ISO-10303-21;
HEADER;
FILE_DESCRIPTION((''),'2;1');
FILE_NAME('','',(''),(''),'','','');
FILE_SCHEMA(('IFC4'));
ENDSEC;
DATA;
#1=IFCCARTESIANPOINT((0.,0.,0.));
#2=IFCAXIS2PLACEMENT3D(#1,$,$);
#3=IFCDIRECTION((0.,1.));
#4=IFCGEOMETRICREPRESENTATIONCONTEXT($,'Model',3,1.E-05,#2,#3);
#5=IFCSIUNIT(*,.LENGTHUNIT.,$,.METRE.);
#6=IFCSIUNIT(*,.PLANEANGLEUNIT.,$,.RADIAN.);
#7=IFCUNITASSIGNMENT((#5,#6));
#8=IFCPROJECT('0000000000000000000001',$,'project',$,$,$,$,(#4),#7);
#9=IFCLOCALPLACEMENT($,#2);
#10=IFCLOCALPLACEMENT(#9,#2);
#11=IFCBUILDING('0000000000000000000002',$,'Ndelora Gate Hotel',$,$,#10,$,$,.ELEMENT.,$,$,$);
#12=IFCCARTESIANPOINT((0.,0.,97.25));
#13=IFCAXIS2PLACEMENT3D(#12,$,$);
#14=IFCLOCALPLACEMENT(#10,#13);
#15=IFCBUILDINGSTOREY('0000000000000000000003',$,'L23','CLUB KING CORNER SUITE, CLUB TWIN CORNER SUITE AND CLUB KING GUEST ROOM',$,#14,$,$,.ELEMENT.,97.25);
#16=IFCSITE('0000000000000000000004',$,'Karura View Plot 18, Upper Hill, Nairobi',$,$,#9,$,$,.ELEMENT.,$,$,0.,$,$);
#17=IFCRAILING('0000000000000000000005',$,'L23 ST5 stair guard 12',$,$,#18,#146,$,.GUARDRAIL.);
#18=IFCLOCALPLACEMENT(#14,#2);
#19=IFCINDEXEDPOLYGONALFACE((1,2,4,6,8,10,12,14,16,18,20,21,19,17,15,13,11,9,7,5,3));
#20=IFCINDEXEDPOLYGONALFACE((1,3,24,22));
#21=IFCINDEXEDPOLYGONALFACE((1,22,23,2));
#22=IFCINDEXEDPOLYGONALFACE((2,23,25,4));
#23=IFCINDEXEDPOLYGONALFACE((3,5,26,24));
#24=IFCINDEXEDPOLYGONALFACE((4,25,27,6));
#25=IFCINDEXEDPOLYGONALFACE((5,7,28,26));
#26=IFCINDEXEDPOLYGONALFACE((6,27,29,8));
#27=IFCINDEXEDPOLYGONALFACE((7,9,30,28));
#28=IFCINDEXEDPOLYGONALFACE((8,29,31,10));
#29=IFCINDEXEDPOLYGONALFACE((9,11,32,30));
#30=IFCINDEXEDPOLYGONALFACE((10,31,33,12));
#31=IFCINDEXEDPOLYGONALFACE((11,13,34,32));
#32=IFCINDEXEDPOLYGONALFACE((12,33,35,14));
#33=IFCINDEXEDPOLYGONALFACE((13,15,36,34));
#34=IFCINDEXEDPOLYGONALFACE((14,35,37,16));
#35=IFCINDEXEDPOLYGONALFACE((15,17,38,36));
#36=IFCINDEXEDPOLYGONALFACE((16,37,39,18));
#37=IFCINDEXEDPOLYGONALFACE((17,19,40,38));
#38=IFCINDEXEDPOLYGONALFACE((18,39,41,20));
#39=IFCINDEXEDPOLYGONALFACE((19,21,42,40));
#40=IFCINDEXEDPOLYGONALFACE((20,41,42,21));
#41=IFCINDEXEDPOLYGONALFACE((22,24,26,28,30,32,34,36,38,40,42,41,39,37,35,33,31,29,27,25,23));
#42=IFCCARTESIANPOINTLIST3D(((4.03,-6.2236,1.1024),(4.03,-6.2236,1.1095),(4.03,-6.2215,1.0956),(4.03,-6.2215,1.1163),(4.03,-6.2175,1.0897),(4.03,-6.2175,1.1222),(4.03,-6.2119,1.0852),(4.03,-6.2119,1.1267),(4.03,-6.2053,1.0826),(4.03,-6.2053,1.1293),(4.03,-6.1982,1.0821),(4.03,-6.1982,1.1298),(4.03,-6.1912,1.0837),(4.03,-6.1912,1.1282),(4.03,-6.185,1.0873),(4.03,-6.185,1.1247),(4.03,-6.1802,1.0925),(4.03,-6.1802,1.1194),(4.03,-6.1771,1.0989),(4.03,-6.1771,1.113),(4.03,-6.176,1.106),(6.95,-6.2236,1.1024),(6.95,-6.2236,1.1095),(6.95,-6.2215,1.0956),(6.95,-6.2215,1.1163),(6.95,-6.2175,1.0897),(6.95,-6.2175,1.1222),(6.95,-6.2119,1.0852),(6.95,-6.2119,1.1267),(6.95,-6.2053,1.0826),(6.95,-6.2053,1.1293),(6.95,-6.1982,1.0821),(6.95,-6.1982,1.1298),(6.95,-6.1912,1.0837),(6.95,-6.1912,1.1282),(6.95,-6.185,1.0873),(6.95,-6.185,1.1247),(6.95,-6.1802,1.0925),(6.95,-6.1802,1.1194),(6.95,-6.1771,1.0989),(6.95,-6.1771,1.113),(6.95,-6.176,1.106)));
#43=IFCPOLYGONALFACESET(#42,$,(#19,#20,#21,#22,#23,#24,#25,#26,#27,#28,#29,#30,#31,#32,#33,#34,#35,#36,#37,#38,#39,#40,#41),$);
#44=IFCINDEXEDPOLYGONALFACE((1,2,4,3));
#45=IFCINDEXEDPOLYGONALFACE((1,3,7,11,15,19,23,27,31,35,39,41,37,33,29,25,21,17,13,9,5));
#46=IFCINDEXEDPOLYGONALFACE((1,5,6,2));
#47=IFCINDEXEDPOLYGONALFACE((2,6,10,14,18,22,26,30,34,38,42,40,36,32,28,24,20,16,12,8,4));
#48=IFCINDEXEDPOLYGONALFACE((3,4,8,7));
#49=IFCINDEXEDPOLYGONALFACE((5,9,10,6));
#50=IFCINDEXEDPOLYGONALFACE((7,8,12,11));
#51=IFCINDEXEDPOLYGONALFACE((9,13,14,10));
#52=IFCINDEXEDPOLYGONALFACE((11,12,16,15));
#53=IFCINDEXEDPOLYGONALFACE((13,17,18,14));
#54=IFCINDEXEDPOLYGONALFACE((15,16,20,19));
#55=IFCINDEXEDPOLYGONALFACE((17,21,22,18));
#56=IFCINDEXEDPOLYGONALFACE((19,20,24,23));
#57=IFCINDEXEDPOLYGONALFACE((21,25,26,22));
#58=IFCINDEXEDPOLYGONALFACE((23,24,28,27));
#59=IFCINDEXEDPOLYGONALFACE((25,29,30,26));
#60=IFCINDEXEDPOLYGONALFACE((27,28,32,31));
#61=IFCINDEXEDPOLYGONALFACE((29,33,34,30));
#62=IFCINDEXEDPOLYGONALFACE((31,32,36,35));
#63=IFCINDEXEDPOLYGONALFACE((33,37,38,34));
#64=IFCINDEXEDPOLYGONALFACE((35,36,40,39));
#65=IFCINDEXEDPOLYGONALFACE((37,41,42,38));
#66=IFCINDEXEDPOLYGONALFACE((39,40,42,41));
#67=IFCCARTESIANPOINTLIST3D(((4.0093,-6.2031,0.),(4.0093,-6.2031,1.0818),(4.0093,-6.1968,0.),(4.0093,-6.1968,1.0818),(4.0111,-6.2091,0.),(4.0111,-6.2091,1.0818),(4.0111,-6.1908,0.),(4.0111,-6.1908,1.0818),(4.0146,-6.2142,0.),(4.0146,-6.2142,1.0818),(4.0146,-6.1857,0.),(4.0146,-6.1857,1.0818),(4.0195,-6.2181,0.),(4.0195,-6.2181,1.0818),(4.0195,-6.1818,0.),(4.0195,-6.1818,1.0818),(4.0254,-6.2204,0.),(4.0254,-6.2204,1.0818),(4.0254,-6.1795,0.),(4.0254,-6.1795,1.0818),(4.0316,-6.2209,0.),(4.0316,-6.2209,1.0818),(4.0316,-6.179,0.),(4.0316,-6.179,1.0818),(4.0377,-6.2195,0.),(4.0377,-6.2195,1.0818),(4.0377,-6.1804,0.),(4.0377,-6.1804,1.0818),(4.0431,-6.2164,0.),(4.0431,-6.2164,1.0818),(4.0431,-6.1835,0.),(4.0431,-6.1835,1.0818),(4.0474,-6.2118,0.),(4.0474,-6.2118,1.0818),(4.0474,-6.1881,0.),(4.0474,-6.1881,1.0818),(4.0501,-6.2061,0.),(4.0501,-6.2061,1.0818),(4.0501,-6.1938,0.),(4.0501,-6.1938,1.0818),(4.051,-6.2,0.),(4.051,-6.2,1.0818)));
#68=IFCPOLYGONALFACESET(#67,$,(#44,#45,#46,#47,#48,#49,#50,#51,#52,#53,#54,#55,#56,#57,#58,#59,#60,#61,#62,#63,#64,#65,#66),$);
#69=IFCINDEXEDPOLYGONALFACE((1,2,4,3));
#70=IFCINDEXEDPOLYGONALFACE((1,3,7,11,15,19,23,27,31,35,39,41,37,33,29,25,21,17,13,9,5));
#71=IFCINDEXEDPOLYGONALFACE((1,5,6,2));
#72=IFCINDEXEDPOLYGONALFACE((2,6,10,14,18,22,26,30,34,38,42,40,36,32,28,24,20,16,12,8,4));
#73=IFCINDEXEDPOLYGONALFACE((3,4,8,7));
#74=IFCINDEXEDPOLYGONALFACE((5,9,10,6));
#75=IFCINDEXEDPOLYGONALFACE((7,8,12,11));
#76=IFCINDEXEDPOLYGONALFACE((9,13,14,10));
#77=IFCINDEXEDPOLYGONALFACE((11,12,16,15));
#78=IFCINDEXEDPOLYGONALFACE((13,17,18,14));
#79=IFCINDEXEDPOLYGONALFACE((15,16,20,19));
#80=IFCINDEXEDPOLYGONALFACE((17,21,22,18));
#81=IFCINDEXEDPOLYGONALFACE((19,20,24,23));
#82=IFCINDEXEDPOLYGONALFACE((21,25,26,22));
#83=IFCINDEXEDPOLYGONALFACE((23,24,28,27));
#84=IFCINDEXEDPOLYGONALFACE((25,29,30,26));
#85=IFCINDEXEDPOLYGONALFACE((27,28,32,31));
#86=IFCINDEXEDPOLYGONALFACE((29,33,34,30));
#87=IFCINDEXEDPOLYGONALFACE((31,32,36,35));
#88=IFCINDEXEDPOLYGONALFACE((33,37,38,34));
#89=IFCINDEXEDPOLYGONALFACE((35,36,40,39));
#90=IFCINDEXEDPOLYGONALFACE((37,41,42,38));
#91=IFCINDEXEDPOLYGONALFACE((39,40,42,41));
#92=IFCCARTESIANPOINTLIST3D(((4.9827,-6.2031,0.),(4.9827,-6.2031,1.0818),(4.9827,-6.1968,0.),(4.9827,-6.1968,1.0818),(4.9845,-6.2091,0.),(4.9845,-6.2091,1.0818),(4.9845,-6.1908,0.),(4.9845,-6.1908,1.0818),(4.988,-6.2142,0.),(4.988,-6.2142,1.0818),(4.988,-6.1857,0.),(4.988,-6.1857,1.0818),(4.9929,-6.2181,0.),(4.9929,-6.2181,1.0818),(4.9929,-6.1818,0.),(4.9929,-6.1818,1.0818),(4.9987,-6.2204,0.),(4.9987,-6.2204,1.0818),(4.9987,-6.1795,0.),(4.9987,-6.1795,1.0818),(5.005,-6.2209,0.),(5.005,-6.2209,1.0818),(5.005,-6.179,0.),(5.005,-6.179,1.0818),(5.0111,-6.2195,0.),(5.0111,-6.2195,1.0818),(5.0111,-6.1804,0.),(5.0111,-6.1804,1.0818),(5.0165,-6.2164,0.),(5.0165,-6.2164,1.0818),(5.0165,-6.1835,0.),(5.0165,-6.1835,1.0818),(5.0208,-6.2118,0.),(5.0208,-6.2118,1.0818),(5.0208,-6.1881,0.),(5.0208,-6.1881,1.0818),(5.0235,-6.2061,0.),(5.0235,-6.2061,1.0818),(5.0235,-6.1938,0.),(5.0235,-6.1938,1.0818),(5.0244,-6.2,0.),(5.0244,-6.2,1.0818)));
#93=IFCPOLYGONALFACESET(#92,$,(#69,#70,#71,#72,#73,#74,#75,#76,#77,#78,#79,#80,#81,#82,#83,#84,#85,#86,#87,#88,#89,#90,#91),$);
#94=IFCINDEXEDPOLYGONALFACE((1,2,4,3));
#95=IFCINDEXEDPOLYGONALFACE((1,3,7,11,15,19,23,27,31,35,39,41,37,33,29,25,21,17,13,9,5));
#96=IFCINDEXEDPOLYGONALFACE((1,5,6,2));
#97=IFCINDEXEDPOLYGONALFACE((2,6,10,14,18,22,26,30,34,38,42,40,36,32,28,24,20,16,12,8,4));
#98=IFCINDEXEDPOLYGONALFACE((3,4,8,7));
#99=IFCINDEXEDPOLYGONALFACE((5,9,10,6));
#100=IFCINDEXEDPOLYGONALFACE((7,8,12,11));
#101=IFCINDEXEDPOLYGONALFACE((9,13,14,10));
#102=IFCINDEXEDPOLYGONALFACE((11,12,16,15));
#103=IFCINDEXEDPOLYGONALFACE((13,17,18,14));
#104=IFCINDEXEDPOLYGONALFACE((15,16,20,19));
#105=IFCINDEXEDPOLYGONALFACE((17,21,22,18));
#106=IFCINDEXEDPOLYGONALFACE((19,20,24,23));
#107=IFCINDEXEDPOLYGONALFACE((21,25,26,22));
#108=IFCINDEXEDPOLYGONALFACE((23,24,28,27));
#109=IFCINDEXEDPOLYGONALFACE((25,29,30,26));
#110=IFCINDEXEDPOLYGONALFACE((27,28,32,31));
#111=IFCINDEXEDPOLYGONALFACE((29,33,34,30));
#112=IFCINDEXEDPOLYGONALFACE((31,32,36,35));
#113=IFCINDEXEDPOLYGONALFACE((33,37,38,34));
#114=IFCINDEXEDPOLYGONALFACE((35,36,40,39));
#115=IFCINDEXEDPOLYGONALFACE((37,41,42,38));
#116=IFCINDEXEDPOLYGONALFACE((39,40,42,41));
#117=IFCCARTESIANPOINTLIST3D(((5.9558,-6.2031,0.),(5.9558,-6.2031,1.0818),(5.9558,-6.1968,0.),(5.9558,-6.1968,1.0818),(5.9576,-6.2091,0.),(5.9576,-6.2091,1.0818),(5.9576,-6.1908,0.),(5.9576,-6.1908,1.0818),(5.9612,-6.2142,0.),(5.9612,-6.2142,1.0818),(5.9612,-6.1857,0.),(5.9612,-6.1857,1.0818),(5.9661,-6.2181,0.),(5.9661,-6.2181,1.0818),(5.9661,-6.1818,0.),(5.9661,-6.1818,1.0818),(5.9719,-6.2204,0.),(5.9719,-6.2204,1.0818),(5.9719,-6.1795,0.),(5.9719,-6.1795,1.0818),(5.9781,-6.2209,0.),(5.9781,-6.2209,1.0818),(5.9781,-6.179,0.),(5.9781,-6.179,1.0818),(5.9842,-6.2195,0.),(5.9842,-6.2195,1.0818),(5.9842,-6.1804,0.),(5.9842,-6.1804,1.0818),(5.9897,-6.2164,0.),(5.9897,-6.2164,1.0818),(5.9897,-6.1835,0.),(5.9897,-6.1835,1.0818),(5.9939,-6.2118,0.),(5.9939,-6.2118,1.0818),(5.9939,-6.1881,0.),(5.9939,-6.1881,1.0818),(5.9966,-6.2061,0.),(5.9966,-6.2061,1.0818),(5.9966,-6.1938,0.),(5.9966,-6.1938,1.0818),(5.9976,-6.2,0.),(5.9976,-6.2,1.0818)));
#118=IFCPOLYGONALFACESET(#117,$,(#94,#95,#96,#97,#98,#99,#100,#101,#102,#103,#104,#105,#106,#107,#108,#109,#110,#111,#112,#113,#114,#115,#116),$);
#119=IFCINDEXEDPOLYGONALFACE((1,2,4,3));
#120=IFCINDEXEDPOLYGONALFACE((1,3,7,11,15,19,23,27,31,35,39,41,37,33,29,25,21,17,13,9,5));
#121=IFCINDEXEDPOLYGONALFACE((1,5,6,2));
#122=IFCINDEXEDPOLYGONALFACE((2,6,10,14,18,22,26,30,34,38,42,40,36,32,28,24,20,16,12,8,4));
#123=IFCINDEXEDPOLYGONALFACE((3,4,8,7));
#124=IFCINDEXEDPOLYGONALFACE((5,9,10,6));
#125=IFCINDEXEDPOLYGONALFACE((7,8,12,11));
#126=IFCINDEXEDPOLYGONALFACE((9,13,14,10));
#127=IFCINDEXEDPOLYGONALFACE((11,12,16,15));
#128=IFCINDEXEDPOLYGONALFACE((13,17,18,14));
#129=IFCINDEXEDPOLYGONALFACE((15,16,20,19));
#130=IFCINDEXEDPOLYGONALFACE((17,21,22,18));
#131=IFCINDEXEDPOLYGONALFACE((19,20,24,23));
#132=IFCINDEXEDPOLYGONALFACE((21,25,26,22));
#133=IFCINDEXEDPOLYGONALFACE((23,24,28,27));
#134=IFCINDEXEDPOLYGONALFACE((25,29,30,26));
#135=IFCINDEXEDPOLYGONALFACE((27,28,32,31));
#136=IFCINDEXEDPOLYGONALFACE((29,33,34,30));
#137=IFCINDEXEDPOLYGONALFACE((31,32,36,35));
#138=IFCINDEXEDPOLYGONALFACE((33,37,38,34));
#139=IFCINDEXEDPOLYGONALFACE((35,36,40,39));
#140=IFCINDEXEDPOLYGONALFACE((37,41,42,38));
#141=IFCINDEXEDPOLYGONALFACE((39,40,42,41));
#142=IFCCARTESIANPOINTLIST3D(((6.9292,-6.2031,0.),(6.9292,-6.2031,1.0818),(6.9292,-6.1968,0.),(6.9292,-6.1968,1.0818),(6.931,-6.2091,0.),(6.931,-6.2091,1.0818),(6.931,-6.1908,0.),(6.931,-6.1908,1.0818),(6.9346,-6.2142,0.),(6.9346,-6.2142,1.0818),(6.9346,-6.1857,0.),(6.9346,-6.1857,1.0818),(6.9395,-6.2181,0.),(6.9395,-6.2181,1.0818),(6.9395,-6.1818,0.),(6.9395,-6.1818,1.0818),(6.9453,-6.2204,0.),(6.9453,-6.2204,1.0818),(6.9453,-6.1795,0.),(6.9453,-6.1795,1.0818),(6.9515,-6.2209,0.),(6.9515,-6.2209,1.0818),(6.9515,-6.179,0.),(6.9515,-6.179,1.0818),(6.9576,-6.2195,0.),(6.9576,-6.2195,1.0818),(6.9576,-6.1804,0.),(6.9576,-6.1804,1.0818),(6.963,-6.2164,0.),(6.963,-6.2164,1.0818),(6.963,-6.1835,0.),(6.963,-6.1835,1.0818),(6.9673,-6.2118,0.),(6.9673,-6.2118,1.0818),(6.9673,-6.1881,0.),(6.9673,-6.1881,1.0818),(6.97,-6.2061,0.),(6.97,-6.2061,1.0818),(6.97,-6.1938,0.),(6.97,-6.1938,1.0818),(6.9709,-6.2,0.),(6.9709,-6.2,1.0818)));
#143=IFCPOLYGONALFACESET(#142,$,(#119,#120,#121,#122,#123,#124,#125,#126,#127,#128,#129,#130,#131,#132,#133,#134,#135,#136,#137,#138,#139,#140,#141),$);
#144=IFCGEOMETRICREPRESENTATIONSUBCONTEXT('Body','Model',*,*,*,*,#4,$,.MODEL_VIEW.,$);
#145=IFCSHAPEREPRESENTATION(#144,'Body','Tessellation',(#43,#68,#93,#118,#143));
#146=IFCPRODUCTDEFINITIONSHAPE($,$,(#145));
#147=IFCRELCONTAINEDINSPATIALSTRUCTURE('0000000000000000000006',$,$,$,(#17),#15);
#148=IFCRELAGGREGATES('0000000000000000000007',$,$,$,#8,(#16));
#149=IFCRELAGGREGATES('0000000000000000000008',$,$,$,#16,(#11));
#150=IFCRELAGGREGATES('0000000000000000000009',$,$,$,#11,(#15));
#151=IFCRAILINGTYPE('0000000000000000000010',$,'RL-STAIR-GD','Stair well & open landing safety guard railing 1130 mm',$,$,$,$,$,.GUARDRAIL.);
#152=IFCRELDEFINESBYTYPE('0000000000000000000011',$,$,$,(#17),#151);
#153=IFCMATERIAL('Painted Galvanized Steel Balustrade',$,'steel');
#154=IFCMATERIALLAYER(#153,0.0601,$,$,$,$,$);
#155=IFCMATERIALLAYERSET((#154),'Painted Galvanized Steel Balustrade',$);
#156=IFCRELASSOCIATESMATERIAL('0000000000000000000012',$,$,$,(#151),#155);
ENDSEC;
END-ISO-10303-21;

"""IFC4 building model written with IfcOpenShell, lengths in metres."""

from ifc_helpers import new_model, si_unit, direction, frame, origin, origin_2d, place, context, subcontext, project, spatial, circle, extrude, material, layer, layer_set, type_object, element, save


model = new_model("IFC4")

# Units and contexts
model_context = context("Model", 3, precision=1e-05, world=origin(), true_north=direction((0.0, 1.0)))
body_context = subcontext(model_context, "Body", "Model", "MODEL_VIEW")
ifc_project = project(units=[si_unit("LENGTHUNIT", "METRE"), si_unit("PLANEANGLEUNIT", "RADIAN")], contexts=[model_context])

# Site, building, storey
site_placement = place(None, origin())
site = spatial("IfcSite", under=ifc_project, at=site_placement, Name="Karura View Plot 18, Upper Hill, Nairobi", CompositionType="ELEMENT", RefElevation=0.0)
building_placement = place(site_placement, origin())
building = spatial("IfcBuilding", under=site, at=building_placement, Name="Ndelora Gate Hotel", CompositionType="ELEMENT")
storey_placement = place(building_placement, frame((0.0, 0.0, 97.25)))
storey = spatial("IfcBuildingStorey", under=building, at=storey_placement, Name="L23", Description="CLUB KING CORNER SUITE, CLUB TWIN CORNER SUITE AND CLUB KING GUEST ROOM", CompositionType="ELEMENT", Elevation=97.25)

# Railing
ifc_material_1 = material(Name="Painted Galvanized Steel Balustrade", Category="steel")
ifc_layer_1 = layer(ifc_material_1, 0.0601)
ifc_layer_set_1 = layer_set([ifc_layer_1], Name="Painted Galvanized Steel Balustrade")
railing_type_1 = type_object("IfcRailingType", Name="RL-STAIR-GD", Description="Stair well & open landing safety guard railing 1130 mm", PredefinedType="GUARDRAIL", material=ifc_layer_set_1)
railing_1_placement = place(storey_placement, frame((4.03, -6.2, 0.0)))
element("IfcRailing", 1, at=railing_1_placement, inside=storey, type_object=railing_type_1, Name="L23 ST5 stair guard 12", PredefinedType="GUARDRAIL", context=body_context, shape_type="SweptSolid", body=[
    extrude(circle(Radius=0.0239, at=origin_2d()), frame((0.0, 0.0, 1.106), z_axis=(1.0, 0.0, 0.0), x_axis=(0.0, 1.0, 0.0)), (0.0, 0.0, 1.0), 2.9199),
    extrude(circle(Radius=0.021, at=origin_2d()), origin(), (0.0, 0.0, 1.0), 1.0818),
    extrude(circle(Radius=0.021, at=origin_2d()), frame((0.9734, 0.0, 0.0)), (0.0, 0.0, 1.0), 1.0818),
    extrude(circle(Radius=0.021, at=origin_2d()), frame((1.9465, 0.0, 0.0)), (0.0, 0.0, 1.0), 1.0818),
    extrude(circle(Radius=0.021, at=origin_2d()), frame((2.9199, 0.0, 0.0)), (0.0, 0.0, 1.0), 1.0818),
])

save(model, "model.ifc")
